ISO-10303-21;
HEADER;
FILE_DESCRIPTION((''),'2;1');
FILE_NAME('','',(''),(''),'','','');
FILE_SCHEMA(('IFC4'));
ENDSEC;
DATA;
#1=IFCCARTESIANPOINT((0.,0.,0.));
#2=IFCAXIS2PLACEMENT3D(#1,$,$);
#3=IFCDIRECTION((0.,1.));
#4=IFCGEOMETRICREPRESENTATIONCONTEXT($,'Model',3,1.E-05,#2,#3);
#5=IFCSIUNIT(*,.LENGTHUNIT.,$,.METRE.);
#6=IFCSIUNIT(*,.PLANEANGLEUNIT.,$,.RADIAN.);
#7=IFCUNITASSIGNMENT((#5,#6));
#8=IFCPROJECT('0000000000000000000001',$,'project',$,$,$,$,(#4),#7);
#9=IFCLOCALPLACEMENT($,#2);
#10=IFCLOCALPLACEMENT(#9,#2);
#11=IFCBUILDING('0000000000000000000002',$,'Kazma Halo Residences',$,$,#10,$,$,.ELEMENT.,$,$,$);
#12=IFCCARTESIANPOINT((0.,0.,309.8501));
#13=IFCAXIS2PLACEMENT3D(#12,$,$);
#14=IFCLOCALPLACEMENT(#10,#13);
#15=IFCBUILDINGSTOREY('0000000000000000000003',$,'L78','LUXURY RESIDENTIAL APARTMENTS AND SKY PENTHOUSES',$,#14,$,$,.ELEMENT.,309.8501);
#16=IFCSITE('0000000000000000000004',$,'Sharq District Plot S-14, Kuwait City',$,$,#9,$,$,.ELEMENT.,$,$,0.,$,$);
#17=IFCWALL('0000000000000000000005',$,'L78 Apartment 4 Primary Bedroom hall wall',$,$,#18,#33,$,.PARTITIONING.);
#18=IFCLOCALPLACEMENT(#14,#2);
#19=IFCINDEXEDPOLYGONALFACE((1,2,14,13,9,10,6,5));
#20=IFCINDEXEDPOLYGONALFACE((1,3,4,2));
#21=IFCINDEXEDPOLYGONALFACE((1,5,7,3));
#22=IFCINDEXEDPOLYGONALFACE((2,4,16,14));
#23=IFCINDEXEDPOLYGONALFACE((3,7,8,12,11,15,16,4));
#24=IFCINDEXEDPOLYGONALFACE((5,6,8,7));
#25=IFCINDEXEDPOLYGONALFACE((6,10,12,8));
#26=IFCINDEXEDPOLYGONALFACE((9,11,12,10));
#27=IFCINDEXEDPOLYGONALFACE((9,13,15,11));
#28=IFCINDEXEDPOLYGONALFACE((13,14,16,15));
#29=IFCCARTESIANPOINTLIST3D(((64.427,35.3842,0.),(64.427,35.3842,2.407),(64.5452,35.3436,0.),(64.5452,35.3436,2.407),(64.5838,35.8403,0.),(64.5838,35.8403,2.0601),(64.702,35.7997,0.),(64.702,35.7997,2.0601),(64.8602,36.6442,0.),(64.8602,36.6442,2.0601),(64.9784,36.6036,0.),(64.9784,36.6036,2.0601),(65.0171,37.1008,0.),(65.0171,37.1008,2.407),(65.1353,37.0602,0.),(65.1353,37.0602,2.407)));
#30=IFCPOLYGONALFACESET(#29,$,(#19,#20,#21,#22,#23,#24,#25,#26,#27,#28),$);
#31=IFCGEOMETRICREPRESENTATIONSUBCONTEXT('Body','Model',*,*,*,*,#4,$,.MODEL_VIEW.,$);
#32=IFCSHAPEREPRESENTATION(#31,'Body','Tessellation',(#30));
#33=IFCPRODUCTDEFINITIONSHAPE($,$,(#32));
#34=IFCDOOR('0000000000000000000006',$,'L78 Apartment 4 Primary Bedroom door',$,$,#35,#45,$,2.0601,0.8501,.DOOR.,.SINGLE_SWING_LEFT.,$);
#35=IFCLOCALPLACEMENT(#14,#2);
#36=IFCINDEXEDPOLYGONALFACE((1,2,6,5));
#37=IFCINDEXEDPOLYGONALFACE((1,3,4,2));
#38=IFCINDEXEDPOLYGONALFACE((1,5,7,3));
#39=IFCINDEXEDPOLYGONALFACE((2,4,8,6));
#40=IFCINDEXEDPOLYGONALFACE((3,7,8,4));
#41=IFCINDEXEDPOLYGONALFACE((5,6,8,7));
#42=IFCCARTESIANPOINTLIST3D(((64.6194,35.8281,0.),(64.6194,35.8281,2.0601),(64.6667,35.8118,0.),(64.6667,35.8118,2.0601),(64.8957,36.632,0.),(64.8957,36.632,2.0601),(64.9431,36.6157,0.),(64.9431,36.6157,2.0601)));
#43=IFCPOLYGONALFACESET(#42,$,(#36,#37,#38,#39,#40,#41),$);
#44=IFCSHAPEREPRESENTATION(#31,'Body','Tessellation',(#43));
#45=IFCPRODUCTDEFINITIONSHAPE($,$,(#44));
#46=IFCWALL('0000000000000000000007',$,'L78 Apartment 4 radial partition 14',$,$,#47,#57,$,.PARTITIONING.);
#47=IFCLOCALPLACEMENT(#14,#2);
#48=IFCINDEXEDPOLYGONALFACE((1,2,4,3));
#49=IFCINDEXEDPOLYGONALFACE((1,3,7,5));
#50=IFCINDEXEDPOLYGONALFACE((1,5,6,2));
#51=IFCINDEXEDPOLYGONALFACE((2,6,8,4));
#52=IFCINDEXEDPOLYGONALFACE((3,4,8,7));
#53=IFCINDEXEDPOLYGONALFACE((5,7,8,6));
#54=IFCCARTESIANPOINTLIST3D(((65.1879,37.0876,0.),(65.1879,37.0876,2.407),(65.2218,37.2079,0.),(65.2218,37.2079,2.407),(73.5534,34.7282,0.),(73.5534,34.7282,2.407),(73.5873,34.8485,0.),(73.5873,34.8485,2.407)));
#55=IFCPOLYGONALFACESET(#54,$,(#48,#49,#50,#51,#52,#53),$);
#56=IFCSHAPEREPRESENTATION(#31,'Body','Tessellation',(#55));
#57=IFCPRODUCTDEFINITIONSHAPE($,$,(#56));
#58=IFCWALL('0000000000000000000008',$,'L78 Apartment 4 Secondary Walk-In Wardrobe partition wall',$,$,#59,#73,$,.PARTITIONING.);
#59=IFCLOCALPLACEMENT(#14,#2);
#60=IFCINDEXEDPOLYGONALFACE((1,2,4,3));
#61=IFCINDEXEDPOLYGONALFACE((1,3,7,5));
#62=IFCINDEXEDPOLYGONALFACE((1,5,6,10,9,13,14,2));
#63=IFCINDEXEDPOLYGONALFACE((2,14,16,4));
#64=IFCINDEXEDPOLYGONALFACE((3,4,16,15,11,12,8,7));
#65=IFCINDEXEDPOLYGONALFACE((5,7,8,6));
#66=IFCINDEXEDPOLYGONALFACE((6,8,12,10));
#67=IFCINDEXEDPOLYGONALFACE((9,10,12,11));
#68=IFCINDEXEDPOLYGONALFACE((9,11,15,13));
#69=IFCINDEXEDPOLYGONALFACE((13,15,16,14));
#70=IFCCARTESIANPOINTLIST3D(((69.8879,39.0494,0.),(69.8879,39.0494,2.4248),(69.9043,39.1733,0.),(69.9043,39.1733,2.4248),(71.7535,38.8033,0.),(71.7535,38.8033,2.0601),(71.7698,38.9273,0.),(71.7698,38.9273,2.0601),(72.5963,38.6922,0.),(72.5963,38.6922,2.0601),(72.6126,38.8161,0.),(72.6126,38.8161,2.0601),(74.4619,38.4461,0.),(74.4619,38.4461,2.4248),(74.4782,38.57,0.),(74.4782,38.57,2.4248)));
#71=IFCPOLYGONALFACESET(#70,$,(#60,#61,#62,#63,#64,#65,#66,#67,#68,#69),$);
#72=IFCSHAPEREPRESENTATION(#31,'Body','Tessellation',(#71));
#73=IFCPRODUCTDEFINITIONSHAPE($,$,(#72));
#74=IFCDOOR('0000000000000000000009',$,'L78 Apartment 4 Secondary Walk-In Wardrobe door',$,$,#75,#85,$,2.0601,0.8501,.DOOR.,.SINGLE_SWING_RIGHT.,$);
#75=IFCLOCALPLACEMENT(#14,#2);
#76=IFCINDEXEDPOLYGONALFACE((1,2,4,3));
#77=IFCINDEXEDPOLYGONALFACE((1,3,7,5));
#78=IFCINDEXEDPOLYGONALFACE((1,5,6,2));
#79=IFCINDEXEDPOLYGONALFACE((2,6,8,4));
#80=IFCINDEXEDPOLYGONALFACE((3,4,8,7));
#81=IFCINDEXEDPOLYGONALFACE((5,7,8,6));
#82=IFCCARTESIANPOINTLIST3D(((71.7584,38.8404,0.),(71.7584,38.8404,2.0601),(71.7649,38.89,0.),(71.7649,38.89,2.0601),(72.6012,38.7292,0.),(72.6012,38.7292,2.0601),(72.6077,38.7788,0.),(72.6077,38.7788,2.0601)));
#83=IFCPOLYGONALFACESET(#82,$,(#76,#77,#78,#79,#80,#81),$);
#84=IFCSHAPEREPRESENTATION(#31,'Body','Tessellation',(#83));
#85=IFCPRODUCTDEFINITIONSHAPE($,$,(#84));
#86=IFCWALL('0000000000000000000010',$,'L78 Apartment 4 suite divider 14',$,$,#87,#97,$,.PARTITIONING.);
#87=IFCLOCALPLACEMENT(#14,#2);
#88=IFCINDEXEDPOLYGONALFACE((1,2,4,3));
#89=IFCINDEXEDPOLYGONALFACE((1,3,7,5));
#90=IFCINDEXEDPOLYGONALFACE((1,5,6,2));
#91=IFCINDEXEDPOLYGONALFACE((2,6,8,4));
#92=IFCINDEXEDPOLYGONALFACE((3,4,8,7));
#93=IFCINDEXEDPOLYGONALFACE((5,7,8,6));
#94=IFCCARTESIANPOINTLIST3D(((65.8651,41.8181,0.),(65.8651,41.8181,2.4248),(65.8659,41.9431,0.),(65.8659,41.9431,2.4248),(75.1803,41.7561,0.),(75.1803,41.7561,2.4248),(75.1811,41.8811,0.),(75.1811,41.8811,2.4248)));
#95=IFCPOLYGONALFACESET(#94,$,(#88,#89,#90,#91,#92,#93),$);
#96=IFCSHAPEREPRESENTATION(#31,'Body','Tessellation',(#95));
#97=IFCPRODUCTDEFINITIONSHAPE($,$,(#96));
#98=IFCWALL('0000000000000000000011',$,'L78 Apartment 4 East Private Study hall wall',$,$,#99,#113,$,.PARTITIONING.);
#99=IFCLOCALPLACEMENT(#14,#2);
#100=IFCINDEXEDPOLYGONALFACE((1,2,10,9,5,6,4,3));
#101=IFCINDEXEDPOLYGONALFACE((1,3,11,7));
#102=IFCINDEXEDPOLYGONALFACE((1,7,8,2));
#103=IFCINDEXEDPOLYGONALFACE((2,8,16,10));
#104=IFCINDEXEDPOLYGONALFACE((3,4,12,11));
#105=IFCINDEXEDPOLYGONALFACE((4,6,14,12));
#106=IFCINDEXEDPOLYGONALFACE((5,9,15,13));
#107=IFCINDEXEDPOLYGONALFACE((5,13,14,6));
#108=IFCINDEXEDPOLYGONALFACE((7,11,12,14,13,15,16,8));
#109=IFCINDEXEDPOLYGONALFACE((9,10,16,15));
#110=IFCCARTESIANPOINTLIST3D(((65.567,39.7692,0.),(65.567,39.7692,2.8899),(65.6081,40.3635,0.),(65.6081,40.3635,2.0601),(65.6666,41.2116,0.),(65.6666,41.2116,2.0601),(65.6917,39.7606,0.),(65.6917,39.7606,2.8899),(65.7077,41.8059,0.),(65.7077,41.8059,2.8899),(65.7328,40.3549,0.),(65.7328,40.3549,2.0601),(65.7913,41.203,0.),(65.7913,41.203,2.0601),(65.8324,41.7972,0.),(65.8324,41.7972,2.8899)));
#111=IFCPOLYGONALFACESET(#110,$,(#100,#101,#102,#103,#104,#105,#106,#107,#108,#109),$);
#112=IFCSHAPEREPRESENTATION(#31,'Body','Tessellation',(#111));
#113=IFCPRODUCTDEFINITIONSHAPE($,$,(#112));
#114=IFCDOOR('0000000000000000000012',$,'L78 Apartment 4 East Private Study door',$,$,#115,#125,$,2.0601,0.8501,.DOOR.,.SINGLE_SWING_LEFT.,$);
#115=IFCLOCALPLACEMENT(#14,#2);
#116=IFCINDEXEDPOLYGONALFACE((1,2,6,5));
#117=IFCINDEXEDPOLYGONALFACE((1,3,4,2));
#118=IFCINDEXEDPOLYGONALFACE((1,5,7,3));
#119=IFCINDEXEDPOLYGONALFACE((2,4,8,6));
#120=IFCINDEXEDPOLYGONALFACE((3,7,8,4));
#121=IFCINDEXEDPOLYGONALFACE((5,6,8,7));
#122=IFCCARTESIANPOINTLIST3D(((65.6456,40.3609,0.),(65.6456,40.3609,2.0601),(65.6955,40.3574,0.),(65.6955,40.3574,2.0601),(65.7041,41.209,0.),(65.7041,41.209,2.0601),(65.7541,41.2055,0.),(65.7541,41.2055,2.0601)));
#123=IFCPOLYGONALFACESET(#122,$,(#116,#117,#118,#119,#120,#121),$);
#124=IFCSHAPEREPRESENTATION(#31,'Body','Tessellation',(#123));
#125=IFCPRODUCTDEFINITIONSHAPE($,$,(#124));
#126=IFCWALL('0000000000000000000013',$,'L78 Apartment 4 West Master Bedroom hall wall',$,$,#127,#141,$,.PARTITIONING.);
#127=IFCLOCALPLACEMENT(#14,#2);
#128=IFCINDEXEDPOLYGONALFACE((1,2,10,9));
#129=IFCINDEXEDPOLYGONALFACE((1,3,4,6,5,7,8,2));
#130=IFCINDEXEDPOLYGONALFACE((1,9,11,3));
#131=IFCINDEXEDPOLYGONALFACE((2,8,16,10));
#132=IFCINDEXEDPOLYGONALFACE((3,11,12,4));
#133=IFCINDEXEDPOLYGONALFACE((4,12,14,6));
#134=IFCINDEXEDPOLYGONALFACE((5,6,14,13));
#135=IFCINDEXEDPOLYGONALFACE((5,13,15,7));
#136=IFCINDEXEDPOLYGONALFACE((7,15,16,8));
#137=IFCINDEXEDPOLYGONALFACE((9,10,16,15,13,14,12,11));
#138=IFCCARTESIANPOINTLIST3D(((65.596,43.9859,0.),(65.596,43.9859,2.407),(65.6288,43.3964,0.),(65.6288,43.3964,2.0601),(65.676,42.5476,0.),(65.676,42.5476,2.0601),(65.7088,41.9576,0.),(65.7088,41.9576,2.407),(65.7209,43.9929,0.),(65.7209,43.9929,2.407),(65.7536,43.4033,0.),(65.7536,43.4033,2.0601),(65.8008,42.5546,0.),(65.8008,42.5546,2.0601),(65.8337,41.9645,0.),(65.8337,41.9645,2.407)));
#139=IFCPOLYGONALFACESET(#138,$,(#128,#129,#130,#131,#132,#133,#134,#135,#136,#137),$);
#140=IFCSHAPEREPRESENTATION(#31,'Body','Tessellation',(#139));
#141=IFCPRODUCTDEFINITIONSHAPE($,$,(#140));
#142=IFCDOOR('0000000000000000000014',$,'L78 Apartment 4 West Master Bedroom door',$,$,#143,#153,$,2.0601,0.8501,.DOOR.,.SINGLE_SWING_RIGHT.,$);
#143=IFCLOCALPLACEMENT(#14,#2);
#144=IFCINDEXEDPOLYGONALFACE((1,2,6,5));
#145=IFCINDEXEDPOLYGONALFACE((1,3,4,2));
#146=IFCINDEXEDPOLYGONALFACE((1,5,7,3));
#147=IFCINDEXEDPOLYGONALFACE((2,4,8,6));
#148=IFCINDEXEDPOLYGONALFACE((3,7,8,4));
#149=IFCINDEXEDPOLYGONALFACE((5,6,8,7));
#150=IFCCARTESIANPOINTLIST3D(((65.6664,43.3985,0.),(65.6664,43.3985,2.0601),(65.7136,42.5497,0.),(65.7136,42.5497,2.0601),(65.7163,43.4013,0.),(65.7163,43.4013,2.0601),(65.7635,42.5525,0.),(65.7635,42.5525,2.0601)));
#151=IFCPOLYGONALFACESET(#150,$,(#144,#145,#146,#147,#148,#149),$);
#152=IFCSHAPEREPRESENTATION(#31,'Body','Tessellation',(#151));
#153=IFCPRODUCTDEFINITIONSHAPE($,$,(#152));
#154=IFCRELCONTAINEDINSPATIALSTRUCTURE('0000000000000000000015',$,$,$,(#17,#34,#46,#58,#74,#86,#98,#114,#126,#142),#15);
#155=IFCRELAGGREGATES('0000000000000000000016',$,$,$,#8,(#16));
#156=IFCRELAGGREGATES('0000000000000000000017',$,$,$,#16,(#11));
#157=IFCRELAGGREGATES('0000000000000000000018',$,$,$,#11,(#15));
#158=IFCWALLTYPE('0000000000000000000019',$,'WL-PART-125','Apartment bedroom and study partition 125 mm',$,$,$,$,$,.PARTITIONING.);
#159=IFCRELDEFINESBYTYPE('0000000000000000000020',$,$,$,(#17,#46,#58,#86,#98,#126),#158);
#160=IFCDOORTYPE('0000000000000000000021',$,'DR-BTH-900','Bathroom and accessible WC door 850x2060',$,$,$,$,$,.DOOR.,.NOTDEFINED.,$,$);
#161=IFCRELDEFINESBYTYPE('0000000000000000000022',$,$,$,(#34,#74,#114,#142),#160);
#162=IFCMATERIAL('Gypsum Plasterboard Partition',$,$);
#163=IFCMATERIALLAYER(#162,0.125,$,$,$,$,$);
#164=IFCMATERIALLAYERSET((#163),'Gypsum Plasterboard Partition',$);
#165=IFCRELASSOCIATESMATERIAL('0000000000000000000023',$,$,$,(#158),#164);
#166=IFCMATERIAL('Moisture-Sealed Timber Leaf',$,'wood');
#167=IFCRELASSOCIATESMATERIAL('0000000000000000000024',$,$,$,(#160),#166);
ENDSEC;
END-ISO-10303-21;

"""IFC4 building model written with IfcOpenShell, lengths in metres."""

from ifc_helpers import new_model, si_unit, direction, frame, frame_2d, origin, place, context, subcontext, project, spatial, rectangle, extrude, material, layer, layer_set, type_object, element, fill, save


model = new_model("IFC4")

# Units and contexts
model_context = context("Model", 3, precision=1e-05, world=origin(), true_north=direction((0.0, 1.0)))
body_context = subcontext(model_context, "Body", "Model", "MODEL_VIEW")
ifc_project = project(units=[si_unit("LENGTHUNIT", "METRE"), si_unit("PLANEANGLEUNIT", "RADIAN")], contexts=[model_context])

# Site, building, storey
site_placement = place(None, origin())
site = spatial("IfcSite", under=ifc_project, at=site_placement, Name="Sharq District Plot S-14, Kuwait City", CompositionType="ELEMENT", RefElevation=0.0)
building_placement = place(site_placement, origin())
building = spatial("IfcBuilding", under=site, at=building_placement, Name="Kazma Halo Residences", CompositionType="ELEMENT")
storey_placement = place(building_placement, frame((0.0, 0.0, 309.8501)))
storey = spatial("IfcBuildingStorey", under=building, at=storey_placement, Name="L78", Description="LUXURY RESIDENTIAL APARTMENTS AND SKY PENTHOUSES", CompositionType="ELEMENT", Elevation=309.8501)

# Shared definitions
ifc_material_1 = material(Name="Gypsum Plasterboard Partition")
ifc_layer_1 = layer(ifc_material_1, 0.125)
ifc_layer_set_1 = layer_set([ifc_layer_1], Name="Gypsum Plasterboard Partition")
wall_type_1 = type_object("IfcWallType", Name="WL-PART-125", Description="Apartment bedroom and study partition 125 mm", PredefinedType="PARTITIONING", material=ifc_layer_set_1)

# Wall, opening, door
wall_1_placement = place(storey_placement, frame((64.4861, 35.3638, 0.0), z_axis=(0.0, 0.0, 1.0), x_axis=(0.325091, 0.945683, 0.0)))
wall_1 = element("IfcWall", 1, at=wall_1_placement, inside=storey, type_object=wall_type_1, Name="L78 Apartment 4 Primary Bedroom hall wall", PredefinedType="PARTITIONING", context=body_context, shape_type="SweptSolid", body=[
    extrude(rectangle(XDim=1.8152, YDim=0.125, at=frame_2d((0.9077, 0.0))), origin(), (0.0, 0.0, 1.0), 2.407),
])
opening_1_placement = place(wall_1_placement, frame((0.4824, 0.0, 0.0)))
opening_1 = element("IfcOpeningElement", 2, at=opening_1_placement, cuts=wall_1, PredefinedType="OPENING", context=body_context, shape_type="SweptSolid", body=[
    extrude(rectangle(XDim=0.8501, YDim=2.0601, at=frame_2d((0.425, 1.03))), frame((0.0, 0.0725, 0.0), z_axis=(0.0, -1.0, 0.0), x_axis=(1.0, 0.0, 0.0)), (0.0, 0.0, 1.0), 0.145),
])
ifc_material_2 = material(Name="Moisture-Sealed Timber Leaf", Category="wood")
door_type = type_object("IfcDoorType", Name="DR-BTH-900", Description="Bathroom and accessible WC door 850x2060", OperationType="NOTDEFINED", PredefinedType="DOOR", material=ifc_material_2)
door_1_placement = place(opening_1_placement, origin())
door_1 = element("IfcDoor", 3, at=door_1_placement, inside=storey, type_object=door_type, Name="L78 Apartment 4 Primary Bedroom door", OperationType="SINGLE_SWING_LEFT", OverallHeight=2.0601, OverallWidth=0.8501, PredefinedType="DOOR", context=body_context, shape_type="SweptSolid", body=[
    extrude(rectangle(XDim=0.8501, YDim=2.0601, at=frame_2d((0.425, 1.03))), frame((0.0, 0.0249, 0.0), z_axis=(0.0, -1.0, 0.0), x_axis=(1.0, 0.0, 0.0)), (0.0, 0.0, 1.0), 0.05),
])
fill(opening_1, door_1)

# Wall
wall_2_placement = place(storey_placement, frame((65.2048, 37.1477, 0.0), z_axis=(0.0, 0.0, 1.0), x_axis=(0.962453, -0.271447, 0.0)))
element("IfcWall", 4, at=wall_2_placement, inside=storey, type_object=wall_type_1, Name="L78 Apartment 4 radial partition 14", PredefinedType="PARTITIONING", context=body_context, shape_type="SweptSolid", body=[
    extrude(rectangle(XDim=8.6919, YDim=0.125, at=frame_2d((4.3459, 0.0))), origin(), (0.0, 0.0, 1.0), 2.407),
])

# Wall, opening, door
wall_3_placement = place(storey_placement, frame((69.8962, 39.1113, 0.0), z_axis=(0.0, 0.0, 1.0), x_axis=(0.991414, -0.13076, 0.0)))
wall_3 = element("IfcWall", 5, at=wall_3_placement, inside=storey, type_object=wall_type_1, Name="L78 Apartment 4 Secondary Walk-In Wardrobe partition wall", PredefinedType="PARTITIONING", context=body_context, shape_type="SweptSolid", body=[
    extrude(rectangle(XDim=4.6135, YDim=0.125, at=frame_2d((2.3066, 0.0))), origin(), (0.0, 0.0, 1.0), 2.4248),
])
opening_2_placement = place(wall_3_placement, frame((1.8816, 0.0, 0.0)))
opening_2 = element("IfcOpeningElement", 6, at=opening_2_placement, cuts=wall_3, PredefinedType="OPENING", context=body_context, shape_type="SweptSolid", body=[
    extrude(rectangle(XDim=0.8501, YDim=2.0601, at=frame_2d((0.425, 1.03))), frame((0.0, 0.0725, 0.0), z_axis=(0.0, -1.0, 0.0), x_axis=(1.0, 0.0, 0.0)), (0.0, 0.0, 1.0), 0.145),
])
door_2_placement = place(opening_2_placement, origin())
door_2 = element("IfcDoor", 7, at=door_2_placement, inside=storey, type_object=door_type, Name="L78 Apartment 4 Secondary Walk-In Wardrobe door", OperationType="SINGLE_SWING_RIGHT", OverallHeight=2.0601, OverallWidth=0.8501, PredefinedType="DOOR", context=body_context, shape_type="SweptSolid", body=[
    extrude(rectangle(XDim=0.8501, YDim=2.0601, at=frame_2d((0.425, 1.03))), frame((0.0, 0.0249, 0.0), z_axis=(0.0, -1.0, 0.0), x_axis=(1.0, 0.0, 0.0)), (0.0, 0.0, 1.0), 0.05),
])
fill(opening_2, door_2)

# Wall
wall_4_placement = place(storey_placement, frame((65.8655, 41.8806, 0.0), z_axis=(0.0, 0.0, 1.0), x_axis=(0.999978, -0.006657, 0.0)))
element("IfcWall", 8, at=wall_4_placement, inside=storey, type_object=wall_type_1, Name="L78 Apartment 4 suite divider 14", PredefinedType="PARTITIONING", context=body_context, shape_type="SweptSolid", body=[
    extrude(rectangle(XDim=9.3154, YDim=0.125, at=frame_2d((4.6577, 0.0))), origin(), (0.0, 0.0, 1.0), 2.4248),
])

# Walls, openings, doors
wall_5_placement = place(storey_placement, frame((65.6294, 39.7649, 0.0), z_axis=(0.0, 0.0, 1.0), x_axis=(0.068884, 0.997625, 0.0)))
wall_5 = element("IfcWall", 9, at=wall_5_placement, inside=storey, type_object=wall_type_1, Name="L78 Apartment 4 East Private Study hall wall", PredefinedType="PARTITIONING", context=body_context, shape_type="SweptSolid", body=[
    extrude(rectangle(XDim=2.0415, YDim=0.125, at=frame_2d((1.0208, 0.0))), origin(), (0.0, 0.0, 1.0), 2.8899),
])
opening_3_placement = place(wall_5_placement, frame((0.5957, 0.0, 0.0)))
opening_3 = element("IfcOpeningElement", 10, at=opening_3_placement, cuts=wall_5, PredefinedType="OPENING", context=body_context, shape_type="SweptSolid", body=[
    extrude(rectangle(XDim=0.8501, YDim=2.0601, at=frame_2d((0.425, 1.03))), frame((0.0, 0.0725, 0.0), z_axis=(0.0, -1.0, 0.0), x_axis=(1.0, 0.0, 0.0)), (0.0, 0.0, 1.0), 0.145),
])
door_3_placement = place(opening_3_placement, origin())
door_3 = element("IfcDoor", 11, at=door_3_placement, inside=storey, type_object=door_type, Name="L78 Apartment 4 East Private Study door", OperationType="SINGLE_SWING_LEFT", OverallHeight=2.0601, OverallWidth=0.8501, PredefinedType="DOOR", context=body_context, shape_type="SweptSolid", body=[
    extrude(rectangle(XDim=0.8501, YDim=2.0601, at=frame_2d((0.425, 1.03))), frame((0.0, 0.0249, 0.0), z_axis=(0.0, -1.0, 0.0), x_axis=(1.0, 0.0, 0.0)), (0.0, 0.0, 1.0), 0.05),
])
fill(opening_3, door_3)
wall_6_placement = place(storey_placement, frame((65.7712, 41.9612, 0.0), z_axis=(0.0, 0.0, 1.0), x_axis=(-0.055523, 0.998457, 0.0)))
wall_6 = element("IfcWall", 12, at=wall_6_placement, inside=storey, type_object=wall_type_1, Name="L78 Apartment 4 West Master Bedroom hall wall", PredefinedType="PARTITIONING", context=body_context, shape_type="SweptSolid", body=[
    extrude(rectangle(XDim=2.0315, YDim=0.125, at=frame_2d((1.0156, 0.0))), origin(), (0.0, 0.0, 1.0), 2.407),
])
opening_4_placement = place(wall_6_placement, frame((0.5908, 0.0, 0.0)))
opening_4 = element("IfcOpeningElement", 13, at=opening_4_placement, cuts=wall_6, PredefinedType="OPENING", context=body_context, shape_type="SweptSolid", body=[
    extrude(rectangle(XDim=0.8501, YDim=2.0601, at=frame_2d((0.425, 1.03))), frame((0.0, 0.0725, 0.0), z_axis=(0.0, -1.0, 0.0), x_axis=(1.0, 0.0, 0.0)), (0.0, 0.0, 1.0), 0.145),
])
door_4_placement = place(opening_4_placement, origin())
door_4 = element("IfcDoor", 14, at=door_4_placement, inside=storey, type_object=door_type, Name="L78 Apartment 4 West Master Bedroom door", OperationType="SINGLE_SWING_RIGHT", OverallHeight=2.0601, OverallWidth=0.8501, PredefinedType="DOOR", context=body_context, shape_type="SweptSolid", body=[
    extrude(rectangle(XDim=0.8501, YDim=2.0601, at=frame_2d((0.425, 1.03))), frame((0.0, 0.0249, 0.0), z_axis=(0.0, -1.0, 0.0), x_axis=(1.0, 0.0, 0.0)), (0.0, 0.0, 1.0), 0.05),
])
fill(opening_4, door_4)

save(model, "model.ifc")
